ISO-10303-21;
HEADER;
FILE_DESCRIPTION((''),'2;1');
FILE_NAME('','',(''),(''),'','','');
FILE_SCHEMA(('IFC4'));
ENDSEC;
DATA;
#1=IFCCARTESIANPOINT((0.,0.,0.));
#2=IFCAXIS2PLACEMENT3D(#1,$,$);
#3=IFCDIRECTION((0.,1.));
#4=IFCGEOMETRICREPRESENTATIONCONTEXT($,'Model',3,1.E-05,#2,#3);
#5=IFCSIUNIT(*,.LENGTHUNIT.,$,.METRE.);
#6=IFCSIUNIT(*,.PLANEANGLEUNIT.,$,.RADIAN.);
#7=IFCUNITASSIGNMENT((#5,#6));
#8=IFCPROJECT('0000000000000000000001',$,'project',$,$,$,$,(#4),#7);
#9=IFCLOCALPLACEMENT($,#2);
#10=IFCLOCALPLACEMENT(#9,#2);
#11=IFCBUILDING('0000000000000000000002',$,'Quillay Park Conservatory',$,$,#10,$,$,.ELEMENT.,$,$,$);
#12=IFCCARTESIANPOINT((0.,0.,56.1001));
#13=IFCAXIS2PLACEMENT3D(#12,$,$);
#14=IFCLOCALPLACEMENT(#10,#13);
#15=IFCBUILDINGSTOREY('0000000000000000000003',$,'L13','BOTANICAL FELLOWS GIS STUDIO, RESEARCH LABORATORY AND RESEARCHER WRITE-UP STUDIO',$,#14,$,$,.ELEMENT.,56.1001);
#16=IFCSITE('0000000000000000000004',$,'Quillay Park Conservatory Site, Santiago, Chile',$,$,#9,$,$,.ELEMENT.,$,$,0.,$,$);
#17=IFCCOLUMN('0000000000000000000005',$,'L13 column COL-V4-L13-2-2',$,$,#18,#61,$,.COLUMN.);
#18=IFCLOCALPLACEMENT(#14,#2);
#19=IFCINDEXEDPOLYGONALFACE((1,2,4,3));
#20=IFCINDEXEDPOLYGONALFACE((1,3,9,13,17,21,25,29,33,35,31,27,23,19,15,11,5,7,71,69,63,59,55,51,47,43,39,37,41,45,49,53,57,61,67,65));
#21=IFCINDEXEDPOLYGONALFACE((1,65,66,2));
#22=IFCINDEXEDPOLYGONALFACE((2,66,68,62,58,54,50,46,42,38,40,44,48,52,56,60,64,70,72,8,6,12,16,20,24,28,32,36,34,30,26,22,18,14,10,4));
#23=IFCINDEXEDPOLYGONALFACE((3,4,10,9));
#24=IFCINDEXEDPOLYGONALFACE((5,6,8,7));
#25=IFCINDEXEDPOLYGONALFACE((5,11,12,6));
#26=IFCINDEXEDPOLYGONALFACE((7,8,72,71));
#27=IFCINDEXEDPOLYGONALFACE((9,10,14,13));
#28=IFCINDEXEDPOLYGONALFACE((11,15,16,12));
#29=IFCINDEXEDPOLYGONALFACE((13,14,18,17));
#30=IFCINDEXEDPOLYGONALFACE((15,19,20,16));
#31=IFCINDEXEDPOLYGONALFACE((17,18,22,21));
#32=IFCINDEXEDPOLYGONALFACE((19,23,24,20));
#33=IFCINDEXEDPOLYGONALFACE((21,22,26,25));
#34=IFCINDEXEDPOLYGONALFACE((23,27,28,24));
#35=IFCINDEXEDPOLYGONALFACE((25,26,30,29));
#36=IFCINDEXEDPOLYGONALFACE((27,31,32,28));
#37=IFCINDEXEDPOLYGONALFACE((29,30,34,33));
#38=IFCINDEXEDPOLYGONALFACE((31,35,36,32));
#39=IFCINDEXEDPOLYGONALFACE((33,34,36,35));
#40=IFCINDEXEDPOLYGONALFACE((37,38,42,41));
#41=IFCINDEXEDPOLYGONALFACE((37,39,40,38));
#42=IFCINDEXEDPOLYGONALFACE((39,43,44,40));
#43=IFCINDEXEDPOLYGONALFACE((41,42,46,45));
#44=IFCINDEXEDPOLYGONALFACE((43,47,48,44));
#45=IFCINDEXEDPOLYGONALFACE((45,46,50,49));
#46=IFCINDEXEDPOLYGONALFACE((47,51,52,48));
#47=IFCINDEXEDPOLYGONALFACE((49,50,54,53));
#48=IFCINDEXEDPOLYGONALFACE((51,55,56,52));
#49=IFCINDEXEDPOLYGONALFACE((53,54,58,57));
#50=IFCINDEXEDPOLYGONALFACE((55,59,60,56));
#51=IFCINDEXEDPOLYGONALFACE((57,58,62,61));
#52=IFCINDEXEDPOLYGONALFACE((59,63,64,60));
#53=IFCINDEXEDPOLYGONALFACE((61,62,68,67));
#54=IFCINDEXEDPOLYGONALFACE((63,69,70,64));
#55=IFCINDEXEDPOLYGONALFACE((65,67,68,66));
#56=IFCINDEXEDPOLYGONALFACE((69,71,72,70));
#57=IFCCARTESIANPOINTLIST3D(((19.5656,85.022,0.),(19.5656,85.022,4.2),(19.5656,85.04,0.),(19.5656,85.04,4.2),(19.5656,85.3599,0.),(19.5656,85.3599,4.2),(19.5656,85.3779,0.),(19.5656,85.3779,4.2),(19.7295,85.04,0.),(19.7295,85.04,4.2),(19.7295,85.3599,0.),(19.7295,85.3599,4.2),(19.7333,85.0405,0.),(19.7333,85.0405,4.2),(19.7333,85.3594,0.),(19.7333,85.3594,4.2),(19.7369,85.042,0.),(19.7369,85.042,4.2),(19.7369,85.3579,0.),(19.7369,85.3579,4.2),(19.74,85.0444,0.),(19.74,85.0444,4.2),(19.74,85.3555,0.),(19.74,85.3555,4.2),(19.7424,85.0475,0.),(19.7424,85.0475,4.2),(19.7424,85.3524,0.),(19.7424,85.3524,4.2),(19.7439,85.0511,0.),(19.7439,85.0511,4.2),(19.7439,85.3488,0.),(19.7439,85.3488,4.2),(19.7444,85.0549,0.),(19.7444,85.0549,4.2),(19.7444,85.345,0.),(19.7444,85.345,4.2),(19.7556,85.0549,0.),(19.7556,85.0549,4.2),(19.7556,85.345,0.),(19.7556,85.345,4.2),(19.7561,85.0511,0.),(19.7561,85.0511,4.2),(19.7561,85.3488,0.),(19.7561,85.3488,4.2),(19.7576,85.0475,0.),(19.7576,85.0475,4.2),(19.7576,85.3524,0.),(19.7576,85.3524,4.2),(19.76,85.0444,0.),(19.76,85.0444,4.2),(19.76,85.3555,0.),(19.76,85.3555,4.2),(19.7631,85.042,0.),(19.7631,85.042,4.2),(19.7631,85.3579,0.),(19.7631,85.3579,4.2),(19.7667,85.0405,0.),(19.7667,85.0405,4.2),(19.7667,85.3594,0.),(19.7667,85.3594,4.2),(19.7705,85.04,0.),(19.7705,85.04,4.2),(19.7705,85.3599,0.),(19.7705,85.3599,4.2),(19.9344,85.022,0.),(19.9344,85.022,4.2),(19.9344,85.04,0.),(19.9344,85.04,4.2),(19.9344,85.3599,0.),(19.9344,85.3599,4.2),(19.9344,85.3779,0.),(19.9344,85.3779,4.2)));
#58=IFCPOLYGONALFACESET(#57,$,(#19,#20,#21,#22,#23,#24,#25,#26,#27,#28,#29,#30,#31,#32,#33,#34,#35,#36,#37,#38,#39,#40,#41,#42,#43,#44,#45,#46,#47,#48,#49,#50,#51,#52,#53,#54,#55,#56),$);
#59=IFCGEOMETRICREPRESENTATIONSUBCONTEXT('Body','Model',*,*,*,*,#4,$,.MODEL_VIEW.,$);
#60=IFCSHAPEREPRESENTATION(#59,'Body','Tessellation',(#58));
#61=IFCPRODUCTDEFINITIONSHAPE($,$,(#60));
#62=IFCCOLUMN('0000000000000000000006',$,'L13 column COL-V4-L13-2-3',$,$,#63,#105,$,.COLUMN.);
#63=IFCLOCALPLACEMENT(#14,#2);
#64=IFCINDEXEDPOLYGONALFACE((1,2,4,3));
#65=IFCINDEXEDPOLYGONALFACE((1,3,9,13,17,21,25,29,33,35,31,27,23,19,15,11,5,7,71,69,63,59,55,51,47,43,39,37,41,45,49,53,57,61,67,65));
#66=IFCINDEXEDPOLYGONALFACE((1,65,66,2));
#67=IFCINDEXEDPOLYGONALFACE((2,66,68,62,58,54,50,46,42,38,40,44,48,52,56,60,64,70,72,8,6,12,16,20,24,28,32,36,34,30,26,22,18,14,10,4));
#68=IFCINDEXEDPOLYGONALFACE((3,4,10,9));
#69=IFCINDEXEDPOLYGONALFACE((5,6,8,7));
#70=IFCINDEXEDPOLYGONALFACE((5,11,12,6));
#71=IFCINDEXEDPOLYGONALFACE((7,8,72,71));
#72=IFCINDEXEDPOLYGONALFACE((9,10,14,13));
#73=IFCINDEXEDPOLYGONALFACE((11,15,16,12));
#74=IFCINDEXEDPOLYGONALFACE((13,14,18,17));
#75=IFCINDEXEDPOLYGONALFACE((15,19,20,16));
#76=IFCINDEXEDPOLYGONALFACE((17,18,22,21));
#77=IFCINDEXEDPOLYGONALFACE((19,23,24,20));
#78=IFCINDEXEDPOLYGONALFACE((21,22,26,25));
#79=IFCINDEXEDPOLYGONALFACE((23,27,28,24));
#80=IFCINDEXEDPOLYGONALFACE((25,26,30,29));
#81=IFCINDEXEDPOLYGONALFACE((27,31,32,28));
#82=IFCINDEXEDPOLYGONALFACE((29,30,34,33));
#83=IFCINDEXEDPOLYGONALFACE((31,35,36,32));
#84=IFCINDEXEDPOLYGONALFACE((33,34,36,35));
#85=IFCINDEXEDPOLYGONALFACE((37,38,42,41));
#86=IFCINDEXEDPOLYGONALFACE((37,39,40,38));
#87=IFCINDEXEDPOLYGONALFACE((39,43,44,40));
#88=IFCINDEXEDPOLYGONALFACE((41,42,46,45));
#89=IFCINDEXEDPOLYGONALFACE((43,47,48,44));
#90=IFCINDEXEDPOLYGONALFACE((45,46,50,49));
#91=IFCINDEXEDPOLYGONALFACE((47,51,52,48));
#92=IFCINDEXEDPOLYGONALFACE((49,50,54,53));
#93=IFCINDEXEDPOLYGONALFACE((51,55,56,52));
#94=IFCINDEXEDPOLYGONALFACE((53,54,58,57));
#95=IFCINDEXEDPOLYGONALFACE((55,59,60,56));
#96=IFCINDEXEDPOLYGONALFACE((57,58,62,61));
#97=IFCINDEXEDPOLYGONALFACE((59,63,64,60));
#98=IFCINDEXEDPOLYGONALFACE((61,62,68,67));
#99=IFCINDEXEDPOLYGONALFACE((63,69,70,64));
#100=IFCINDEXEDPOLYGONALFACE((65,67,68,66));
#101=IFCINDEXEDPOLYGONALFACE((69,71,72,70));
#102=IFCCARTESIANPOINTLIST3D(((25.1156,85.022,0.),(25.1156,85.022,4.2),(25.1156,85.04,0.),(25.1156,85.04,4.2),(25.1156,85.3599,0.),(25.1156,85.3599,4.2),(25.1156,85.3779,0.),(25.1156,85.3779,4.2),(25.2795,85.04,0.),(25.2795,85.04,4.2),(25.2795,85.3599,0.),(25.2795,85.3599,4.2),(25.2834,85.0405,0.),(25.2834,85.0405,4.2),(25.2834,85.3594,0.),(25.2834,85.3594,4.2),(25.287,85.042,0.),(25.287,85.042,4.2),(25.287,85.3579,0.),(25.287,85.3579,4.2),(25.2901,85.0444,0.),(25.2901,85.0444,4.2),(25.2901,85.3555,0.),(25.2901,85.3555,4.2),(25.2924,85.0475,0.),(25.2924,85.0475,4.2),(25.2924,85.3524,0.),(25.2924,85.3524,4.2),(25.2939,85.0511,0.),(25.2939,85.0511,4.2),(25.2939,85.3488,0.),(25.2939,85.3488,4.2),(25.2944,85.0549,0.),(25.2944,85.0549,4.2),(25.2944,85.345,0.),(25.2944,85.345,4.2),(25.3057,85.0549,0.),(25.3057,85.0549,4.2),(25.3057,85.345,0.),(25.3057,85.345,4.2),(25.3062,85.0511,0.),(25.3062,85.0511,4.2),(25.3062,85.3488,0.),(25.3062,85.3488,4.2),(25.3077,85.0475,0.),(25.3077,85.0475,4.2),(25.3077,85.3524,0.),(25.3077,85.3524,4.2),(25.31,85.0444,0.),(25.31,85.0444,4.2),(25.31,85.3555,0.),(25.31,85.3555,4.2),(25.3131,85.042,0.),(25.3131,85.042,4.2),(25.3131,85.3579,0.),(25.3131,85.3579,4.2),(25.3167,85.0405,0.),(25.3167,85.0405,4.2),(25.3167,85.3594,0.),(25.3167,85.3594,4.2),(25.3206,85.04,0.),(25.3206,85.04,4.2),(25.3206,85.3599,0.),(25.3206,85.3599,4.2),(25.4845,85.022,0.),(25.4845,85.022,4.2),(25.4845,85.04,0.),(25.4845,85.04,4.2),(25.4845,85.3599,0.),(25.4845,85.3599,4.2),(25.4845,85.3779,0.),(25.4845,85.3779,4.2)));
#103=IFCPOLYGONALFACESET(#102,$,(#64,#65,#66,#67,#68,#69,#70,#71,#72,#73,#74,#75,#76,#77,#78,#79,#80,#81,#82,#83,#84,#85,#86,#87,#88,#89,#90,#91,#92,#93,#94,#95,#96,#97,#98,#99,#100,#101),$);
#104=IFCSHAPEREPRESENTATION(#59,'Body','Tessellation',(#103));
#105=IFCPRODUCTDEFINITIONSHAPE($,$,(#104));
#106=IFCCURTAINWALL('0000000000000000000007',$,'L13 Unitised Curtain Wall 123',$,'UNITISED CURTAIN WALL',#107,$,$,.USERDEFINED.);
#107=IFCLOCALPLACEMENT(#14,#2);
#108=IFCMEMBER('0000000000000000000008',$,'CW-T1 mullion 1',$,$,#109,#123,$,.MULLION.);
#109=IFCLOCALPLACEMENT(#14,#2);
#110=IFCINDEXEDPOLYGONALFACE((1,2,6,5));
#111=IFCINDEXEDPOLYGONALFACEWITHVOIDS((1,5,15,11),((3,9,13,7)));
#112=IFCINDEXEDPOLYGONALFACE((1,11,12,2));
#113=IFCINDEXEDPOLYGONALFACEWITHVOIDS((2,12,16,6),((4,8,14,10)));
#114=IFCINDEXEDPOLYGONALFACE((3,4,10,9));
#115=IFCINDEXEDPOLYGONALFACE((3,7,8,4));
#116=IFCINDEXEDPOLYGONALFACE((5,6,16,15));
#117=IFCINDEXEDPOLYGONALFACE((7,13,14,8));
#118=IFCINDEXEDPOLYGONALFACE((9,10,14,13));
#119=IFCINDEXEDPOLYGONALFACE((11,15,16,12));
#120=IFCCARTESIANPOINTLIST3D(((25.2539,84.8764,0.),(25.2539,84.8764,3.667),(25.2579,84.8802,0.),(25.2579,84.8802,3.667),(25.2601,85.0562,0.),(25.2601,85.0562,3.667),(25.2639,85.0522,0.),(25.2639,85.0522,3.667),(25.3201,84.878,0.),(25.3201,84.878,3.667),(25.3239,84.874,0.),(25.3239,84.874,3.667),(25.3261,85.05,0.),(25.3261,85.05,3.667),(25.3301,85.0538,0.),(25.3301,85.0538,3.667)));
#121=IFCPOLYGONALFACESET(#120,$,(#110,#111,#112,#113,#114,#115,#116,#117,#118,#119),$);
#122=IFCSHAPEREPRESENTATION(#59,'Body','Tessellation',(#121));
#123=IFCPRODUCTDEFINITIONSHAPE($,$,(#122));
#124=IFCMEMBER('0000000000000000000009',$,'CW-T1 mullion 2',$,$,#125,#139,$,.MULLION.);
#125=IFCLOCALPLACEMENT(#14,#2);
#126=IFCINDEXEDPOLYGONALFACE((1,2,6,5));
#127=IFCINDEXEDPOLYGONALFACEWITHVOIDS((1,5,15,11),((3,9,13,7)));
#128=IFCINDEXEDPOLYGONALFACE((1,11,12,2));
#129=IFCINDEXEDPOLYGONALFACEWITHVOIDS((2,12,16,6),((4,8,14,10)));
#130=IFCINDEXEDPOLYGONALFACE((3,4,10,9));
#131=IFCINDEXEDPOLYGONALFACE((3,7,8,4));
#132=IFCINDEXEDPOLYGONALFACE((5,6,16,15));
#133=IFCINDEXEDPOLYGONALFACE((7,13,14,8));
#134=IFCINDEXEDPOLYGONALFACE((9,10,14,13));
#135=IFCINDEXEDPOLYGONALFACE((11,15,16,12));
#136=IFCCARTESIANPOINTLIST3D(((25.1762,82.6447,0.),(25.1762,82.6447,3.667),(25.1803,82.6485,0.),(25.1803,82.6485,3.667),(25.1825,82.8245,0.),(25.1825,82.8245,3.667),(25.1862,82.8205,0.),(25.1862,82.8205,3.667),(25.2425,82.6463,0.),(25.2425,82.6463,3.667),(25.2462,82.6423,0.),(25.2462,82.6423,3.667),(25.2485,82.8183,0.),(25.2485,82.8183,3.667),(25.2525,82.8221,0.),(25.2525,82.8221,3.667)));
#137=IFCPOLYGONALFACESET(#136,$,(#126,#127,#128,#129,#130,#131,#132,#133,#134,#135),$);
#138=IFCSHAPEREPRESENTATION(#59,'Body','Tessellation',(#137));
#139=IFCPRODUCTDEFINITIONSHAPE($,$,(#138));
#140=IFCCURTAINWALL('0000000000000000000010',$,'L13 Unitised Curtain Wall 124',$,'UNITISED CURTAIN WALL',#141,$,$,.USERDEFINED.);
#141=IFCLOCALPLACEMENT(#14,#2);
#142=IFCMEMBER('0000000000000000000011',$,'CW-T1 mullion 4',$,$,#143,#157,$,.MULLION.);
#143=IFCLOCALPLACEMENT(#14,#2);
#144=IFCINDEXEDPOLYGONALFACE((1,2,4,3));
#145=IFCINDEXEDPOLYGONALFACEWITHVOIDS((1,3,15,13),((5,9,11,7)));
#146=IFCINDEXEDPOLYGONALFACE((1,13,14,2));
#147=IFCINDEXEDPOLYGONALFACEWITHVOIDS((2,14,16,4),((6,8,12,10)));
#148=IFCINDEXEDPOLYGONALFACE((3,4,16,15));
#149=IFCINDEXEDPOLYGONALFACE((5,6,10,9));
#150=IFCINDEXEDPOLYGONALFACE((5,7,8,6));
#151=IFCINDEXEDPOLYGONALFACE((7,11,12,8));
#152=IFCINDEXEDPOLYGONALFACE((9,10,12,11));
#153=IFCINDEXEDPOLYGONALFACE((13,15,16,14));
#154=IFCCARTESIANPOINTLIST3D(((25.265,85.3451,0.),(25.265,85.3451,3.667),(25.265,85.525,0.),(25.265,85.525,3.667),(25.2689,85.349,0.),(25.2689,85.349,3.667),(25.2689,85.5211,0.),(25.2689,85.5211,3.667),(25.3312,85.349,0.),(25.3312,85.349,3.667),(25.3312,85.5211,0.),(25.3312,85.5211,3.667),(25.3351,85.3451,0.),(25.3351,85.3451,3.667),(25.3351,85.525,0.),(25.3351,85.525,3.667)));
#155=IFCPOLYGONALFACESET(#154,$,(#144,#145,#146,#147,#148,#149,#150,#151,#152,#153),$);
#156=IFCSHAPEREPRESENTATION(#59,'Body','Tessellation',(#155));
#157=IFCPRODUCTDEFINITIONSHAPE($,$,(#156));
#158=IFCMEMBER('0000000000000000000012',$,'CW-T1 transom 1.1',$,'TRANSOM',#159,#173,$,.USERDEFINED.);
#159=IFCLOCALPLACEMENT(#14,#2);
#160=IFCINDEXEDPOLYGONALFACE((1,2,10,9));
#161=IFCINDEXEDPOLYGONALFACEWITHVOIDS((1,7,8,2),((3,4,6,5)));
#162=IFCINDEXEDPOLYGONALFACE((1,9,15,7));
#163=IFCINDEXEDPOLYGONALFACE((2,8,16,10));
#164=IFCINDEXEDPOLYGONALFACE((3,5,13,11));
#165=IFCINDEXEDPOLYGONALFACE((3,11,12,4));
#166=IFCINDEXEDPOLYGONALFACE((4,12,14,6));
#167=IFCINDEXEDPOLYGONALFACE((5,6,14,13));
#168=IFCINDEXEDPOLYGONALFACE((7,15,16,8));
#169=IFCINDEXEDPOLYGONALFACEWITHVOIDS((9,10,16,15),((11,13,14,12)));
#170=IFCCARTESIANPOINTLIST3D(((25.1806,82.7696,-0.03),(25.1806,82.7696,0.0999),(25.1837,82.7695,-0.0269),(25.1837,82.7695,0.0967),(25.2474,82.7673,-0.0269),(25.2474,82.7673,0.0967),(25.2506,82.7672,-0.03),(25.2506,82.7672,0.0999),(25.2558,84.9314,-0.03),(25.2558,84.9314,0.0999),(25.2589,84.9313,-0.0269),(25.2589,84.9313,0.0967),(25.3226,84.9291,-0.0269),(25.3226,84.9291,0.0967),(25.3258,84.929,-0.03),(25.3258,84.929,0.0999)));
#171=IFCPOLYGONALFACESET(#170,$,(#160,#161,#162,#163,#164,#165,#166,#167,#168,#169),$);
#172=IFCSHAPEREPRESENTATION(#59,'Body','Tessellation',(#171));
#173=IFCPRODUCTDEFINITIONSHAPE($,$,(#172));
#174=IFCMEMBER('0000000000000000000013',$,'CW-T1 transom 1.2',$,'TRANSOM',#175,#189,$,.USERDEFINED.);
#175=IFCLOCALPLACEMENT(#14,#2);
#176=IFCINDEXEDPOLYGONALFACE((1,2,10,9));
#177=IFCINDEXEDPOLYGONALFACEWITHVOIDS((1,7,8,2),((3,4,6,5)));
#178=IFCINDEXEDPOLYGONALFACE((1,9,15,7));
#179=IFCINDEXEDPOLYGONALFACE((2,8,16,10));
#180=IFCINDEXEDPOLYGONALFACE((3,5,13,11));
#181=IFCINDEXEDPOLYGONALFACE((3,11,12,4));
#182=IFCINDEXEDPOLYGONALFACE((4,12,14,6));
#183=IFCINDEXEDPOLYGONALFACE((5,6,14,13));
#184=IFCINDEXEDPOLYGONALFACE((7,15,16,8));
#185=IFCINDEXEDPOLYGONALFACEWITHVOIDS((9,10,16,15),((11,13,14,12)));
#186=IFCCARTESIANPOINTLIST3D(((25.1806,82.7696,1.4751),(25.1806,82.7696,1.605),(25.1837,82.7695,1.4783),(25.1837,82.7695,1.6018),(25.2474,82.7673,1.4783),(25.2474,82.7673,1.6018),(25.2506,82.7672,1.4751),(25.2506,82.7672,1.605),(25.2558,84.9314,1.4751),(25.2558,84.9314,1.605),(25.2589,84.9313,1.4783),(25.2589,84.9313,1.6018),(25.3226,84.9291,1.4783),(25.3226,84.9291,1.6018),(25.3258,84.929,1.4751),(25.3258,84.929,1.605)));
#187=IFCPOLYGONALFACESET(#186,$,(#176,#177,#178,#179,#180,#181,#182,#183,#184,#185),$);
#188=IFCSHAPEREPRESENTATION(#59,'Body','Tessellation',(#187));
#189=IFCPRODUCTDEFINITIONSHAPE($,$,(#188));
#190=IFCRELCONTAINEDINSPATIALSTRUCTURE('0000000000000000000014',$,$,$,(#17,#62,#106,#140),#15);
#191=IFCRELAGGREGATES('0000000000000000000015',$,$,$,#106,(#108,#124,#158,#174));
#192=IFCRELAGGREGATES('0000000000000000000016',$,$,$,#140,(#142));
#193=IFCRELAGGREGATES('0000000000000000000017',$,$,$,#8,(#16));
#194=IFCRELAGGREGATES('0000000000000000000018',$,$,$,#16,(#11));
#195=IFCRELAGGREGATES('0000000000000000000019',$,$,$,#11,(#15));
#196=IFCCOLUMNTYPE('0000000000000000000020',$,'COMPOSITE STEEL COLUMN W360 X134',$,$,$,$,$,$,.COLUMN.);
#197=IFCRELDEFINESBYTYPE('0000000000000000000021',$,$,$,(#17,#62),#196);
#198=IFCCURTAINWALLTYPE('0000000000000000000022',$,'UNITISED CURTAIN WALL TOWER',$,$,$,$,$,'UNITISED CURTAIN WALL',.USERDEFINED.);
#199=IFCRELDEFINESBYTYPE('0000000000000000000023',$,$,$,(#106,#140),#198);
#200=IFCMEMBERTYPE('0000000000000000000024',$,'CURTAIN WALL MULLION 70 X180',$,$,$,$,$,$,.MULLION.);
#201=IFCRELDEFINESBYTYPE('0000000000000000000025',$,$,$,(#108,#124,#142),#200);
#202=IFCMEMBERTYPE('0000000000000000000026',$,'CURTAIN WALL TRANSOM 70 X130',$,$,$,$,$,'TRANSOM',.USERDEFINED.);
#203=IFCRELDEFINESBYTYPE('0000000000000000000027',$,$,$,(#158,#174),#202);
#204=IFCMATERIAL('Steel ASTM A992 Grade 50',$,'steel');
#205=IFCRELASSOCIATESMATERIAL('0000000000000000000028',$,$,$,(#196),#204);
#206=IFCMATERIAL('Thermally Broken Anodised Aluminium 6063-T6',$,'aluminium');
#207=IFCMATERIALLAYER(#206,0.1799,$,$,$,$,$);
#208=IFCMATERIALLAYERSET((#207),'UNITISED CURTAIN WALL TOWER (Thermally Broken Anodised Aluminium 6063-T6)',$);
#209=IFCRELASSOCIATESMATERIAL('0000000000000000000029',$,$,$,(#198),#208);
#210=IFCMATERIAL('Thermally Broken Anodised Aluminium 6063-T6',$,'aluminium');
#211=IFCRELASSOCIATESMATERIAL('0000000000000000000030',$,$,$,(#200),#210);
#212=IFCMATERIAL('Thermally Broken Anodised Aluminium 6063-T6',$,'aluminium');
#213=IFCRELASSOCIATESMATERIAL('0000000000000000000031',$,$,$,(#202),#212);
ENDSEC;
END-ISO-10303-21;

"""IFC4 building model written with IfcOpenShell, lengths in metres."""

from ifc_helpers import new_model, si_unit, direction, frame, origin, origin_2d, place, context, subcontext, project, spatial, hollow_rectangle, i_section, extrude, material, layer, layer_set, material_profile, profile_set, type_object, element, aggregate, save


model = new_model("IFC4")

# Units and contexts
model_context = context("Model", 3, precision=1e-05, world=origin(), true_north=direction((0.0, 1.0)))
body_context = subcontext(model_context, "Body", "Model", "MODEL_VIEW")
ifc_project = project(units=[si_unit("LENGTHUNIT", "METRE"), si_unit("PLANEANGLEUNIT", "RADIAN")], contexts=[model_context])

# Site, building, storey
site_placement = place(None, origin())
site = spatial("IfcSite", under=ifc_project, at=site_placement, Name="Quillay Park Conservatory Site, Santiago, Chile", CompositionType="ELEMENT", RefElevation=0.0)
building_placement = place(site_placement, origin())
building = spatial("IfcBuilding", under=site, at=building_placement, Name="Quillay Park Conservatory", CompositionType="ELEMENT")
storey_placement = place(building_placement, frame((0.0, 0.0, 56.1001)))
storey = spatial("IfcBuildingStorey", under=building, at=storey_placement, Name="L13", Description="BOTANICAL FELLOWS GIS STUDIO, RESEARCH LABORATORY AND RESEARCHER WRITE-UP STUDIO", CompositionType="ELEMENT", Elevation=56.1001)

# Columns
ifc_material_1 = material(Name="Steel ASTM A992 Grade 50", Category="steel")
ifc_material_profile_1 = material_profile(ifc_material_1, i_section(OverallWidth=0.3689, OverallDepth=0.356, WebThickness=0.0112, FlangeThickness=0.0181, FilletRadius=0.0149, at=origin_2d()), Name="W360x134")
ifc_profile_set_1 = profile_set([ifc_material_profile_1], Name="Steel ASTM A992 Grade 50")
column_type = type_object("IfcColumnType", Name="COMPOSITE STEEL COLUMN W360 X134", PredefinedType="COLUMN", material=ifc_profile_set_1)
for number, where, z_axis, x_axis, name in (
    (1, (19.75, 85.2, 0.0), (0.0, 0.0, 1.0), (1.0, 0.0, 0.0), "L13 column COL-V4-L13-2-2"),
    (2, (25.3, 85.2, 0.0), (0.0, 0.0, 1.0), (1.0, 0.0, 0.0), "L13 column COL-V4-L13-2-3"),
):
    element("IfcColumn", number, at=place(storey_placement, frame(where, z_axis=z_axis, x_axis=x_axis)), inside=storey, type_object=column_type, Name=name, PredefinedType="COLUMN", context=body_context, shape_type="SweptSolid", body=[
        extrude(i_section(OverallWidth=0.3689, OverallDepth=0.356, WebThickness=0.0112, FlangeThickness=0.0181, FilletRadius=0.0149, at=origin_2d()), origin(), (0.0, 0.0, 1.0), 4.2),
    ])

# Curtain wall, members
ifc_material_2 = material(Name="Thermally Broken Anodised Aluminium 6063-T6", Category="aluminium")
ifc_layer_1 = layer(ifc_material_2, 0.1799)
ifc_layer_set_1 = layer_set([ifc_layer_1], Name="UNITISED CURTAIN WALL TOWER (Thermally Broken Anodised Aluminium 6063-T6)")
curtain_wall_type = type_object("IfcCurtainWallType", Name="UNITISED CURTAIN WALL TOWER", ElementType="UNITISED CURTAIN WALL", PredefinedType="USERDEFINED", material=ifc_layer_set_1)
curtain_wall_1_placement = place(storey_placement, origin())
curtain_wall_1 = element("IfcCurtainWall", 3, at=curtain_wall_1_placement, inside=storey, type_object=curtain_wall_type, Name="L13 Unitised Curtain Wall 123", ObjectType="UNITISED CURTAIN WALL", PredefinedType="USERDEFINED")
ifc_material_3 = material(Name="Thermally Broken Anodised Aluminium 6063-T6", Category="aluminium")
ifc_material_profile_2 = material_profile(ifc_material_3, hollow_rectangle(XDim=0.0701, YDim=0.1799, WallThickness=0.0039, at=origin_2d()), Name="AL70x180x4")
ifc_profile_set_2 = profile_set([ifc_material_profile_2], Name="Thermally Broken Anodised Aluminium 6063-T6")
member_type_1 = type_object("IfcMemberType", Name="CURTAIN WALL MULLION 70 X180", PredefinedType="MULLION", material=ifc_profile_set_2)
member_1_placement = place(storey_placement, frame((25.292, 84.9651, 0.0), z_axis=(0.0, 0.0, 1.0), x_axis=(0.999397, -0.034713, 0.0)))
member_1 = element("IfcMember", 4, at=member_1_placement, type_object=member_type_1, Name="CW-T1 mullion 1", PredefinedType="MULLION", context=body_context, shape_type="SweptSolid", body=[
    extrude(hollow_rectangle(XDim=0.0701, YDim=0.1799, WallThickness=0.0039, at=origin_2d()), origin(), (0.0, 0.0, 1.0), 3.667),
])
member_2_placement = place(storey_placement, frame((25.2144, 82.7334, 0.0), z_axis=(0.0, 0.0, 1.0), x_axis=(0.999397, -0.034713, 0.0)))
member_2 = element("IfcMember", 5, at=member_2_placement, type_object=member_type_1, Name="CW-T1 mullion 2", PredefinedType="MULLION", context=body_context, shape_type="SweptSolid", body=[
    extrude(hollow_rectangle(XDim=0.0701, YDim=0.1799, WallThickness=0.0039, at=origin_2d()), origin(), (0.0, 0.0, 1.0), 3.667),
])

# Curtain wall, member
curtain_wall_2_placement = place(storey_placement, origin())
curtain_wall_2 = element("IfcCurtainWall", 6, at=curtain_wall_2_placement, inside=storey, type_object=curtain_wall_type, Name="L13 Unitised Curtain Wall 124", ObjectType="UNITISED CURTAIN WALL", PredefinedType="USERDEFINED")
member_3_placement = place(storey_placement, frame((25.3, 85.4351, 0.0), z_axis=(0.0, 0.0, 1.0), x_axis=(1.0, 0.0, 0.0)))
member_3 = element("IfcMember", 7, at=member_3_placement, type_object=member_type_1, Name="CW-T1 mullion 4", PredefinedType="MULLION", context=body_context, shape_type="SweptSolid", body=[
    extrude(hollow_rectangle(XDim=0.0701, YDim=0.1799, WallThickness=0.0039, at=origin_2d()), origin(), (0.0, 0.0, 1.0), 3.667),
])

# Members
ifc_material_4 = material(Name="Thermally Broken Anodised Aluminium 6063-T6", Category="aluminium")
ifc_material_profile_3 = material_profile(ifc_material_4, hollow_rectangle(XDim=0.0701, YDim=0.1299, WallThickness=0.0032, at=origin_2d()), Name="AL70x130x3.2")
ifc_profile_set_3 = profile_set([ifc_material_profile_3], Name="Thermally Broken Anodised Aluminium 6063-T6")
member_type_2 = type_object("IfcMemberType", Name="CURTAIN WALL TRANSOM 70 X130", ElementType="TRANSOM", PredefinedType="USERDEFINED", material=ifc_profile_set_3)
member_4_placement = place(storey_placement, frame((25.2908, 84.9302, 0.0349), z_axis=(-0.034762, -0.999396, 0.0), x_axis=(0.999396, -0.034762, 0.0)))
member_4 = element("IfcMember", 8, at=member_4_placement, type_object=member_type_2, Name="CW-T1 transom 1.1", ObjectType="TRANSOM", PredefinedType="USERDEFINED", context=body_context, shape_type="SweptSolid", body=[
    extrude(hollow_rectangle(XDim=0.0701, YDim=0.1299, WallThickness=0.0032, at=origin_2d()), origin(), (0.0, 0.0, 1.0), 2.1631),
])
member_5_placement = place(storey_placement, frame((25.2908, 84.9302, 1.54), z_axis=(-0.034762, -0.999396, 0.0), x_axis=(0.999396, -0.034762, 0.0)))
member_5 = element("IfcMember", 9, at=member_5_placement, type_object=member_type_2, Name="CW-T1 transom 1.2", ObjectType="TRANSOM", PredefinedType="USERDEFINED", context=body_context, shape_type="SweptSolid", body=[
    extrude(hollow_rectangle(XDim=0.0701, YDim=0.1299, WallThickness=0.0032, at=origin_2d()), origin(), (0.0, 0.0, 1.0), 2.1631),
])

aggregate(curtain_wall_1, [member_1, member_2, member_4, member_5])
aggregate(curtain_wall_2, [member_3])

save(model, "model.ifc")
